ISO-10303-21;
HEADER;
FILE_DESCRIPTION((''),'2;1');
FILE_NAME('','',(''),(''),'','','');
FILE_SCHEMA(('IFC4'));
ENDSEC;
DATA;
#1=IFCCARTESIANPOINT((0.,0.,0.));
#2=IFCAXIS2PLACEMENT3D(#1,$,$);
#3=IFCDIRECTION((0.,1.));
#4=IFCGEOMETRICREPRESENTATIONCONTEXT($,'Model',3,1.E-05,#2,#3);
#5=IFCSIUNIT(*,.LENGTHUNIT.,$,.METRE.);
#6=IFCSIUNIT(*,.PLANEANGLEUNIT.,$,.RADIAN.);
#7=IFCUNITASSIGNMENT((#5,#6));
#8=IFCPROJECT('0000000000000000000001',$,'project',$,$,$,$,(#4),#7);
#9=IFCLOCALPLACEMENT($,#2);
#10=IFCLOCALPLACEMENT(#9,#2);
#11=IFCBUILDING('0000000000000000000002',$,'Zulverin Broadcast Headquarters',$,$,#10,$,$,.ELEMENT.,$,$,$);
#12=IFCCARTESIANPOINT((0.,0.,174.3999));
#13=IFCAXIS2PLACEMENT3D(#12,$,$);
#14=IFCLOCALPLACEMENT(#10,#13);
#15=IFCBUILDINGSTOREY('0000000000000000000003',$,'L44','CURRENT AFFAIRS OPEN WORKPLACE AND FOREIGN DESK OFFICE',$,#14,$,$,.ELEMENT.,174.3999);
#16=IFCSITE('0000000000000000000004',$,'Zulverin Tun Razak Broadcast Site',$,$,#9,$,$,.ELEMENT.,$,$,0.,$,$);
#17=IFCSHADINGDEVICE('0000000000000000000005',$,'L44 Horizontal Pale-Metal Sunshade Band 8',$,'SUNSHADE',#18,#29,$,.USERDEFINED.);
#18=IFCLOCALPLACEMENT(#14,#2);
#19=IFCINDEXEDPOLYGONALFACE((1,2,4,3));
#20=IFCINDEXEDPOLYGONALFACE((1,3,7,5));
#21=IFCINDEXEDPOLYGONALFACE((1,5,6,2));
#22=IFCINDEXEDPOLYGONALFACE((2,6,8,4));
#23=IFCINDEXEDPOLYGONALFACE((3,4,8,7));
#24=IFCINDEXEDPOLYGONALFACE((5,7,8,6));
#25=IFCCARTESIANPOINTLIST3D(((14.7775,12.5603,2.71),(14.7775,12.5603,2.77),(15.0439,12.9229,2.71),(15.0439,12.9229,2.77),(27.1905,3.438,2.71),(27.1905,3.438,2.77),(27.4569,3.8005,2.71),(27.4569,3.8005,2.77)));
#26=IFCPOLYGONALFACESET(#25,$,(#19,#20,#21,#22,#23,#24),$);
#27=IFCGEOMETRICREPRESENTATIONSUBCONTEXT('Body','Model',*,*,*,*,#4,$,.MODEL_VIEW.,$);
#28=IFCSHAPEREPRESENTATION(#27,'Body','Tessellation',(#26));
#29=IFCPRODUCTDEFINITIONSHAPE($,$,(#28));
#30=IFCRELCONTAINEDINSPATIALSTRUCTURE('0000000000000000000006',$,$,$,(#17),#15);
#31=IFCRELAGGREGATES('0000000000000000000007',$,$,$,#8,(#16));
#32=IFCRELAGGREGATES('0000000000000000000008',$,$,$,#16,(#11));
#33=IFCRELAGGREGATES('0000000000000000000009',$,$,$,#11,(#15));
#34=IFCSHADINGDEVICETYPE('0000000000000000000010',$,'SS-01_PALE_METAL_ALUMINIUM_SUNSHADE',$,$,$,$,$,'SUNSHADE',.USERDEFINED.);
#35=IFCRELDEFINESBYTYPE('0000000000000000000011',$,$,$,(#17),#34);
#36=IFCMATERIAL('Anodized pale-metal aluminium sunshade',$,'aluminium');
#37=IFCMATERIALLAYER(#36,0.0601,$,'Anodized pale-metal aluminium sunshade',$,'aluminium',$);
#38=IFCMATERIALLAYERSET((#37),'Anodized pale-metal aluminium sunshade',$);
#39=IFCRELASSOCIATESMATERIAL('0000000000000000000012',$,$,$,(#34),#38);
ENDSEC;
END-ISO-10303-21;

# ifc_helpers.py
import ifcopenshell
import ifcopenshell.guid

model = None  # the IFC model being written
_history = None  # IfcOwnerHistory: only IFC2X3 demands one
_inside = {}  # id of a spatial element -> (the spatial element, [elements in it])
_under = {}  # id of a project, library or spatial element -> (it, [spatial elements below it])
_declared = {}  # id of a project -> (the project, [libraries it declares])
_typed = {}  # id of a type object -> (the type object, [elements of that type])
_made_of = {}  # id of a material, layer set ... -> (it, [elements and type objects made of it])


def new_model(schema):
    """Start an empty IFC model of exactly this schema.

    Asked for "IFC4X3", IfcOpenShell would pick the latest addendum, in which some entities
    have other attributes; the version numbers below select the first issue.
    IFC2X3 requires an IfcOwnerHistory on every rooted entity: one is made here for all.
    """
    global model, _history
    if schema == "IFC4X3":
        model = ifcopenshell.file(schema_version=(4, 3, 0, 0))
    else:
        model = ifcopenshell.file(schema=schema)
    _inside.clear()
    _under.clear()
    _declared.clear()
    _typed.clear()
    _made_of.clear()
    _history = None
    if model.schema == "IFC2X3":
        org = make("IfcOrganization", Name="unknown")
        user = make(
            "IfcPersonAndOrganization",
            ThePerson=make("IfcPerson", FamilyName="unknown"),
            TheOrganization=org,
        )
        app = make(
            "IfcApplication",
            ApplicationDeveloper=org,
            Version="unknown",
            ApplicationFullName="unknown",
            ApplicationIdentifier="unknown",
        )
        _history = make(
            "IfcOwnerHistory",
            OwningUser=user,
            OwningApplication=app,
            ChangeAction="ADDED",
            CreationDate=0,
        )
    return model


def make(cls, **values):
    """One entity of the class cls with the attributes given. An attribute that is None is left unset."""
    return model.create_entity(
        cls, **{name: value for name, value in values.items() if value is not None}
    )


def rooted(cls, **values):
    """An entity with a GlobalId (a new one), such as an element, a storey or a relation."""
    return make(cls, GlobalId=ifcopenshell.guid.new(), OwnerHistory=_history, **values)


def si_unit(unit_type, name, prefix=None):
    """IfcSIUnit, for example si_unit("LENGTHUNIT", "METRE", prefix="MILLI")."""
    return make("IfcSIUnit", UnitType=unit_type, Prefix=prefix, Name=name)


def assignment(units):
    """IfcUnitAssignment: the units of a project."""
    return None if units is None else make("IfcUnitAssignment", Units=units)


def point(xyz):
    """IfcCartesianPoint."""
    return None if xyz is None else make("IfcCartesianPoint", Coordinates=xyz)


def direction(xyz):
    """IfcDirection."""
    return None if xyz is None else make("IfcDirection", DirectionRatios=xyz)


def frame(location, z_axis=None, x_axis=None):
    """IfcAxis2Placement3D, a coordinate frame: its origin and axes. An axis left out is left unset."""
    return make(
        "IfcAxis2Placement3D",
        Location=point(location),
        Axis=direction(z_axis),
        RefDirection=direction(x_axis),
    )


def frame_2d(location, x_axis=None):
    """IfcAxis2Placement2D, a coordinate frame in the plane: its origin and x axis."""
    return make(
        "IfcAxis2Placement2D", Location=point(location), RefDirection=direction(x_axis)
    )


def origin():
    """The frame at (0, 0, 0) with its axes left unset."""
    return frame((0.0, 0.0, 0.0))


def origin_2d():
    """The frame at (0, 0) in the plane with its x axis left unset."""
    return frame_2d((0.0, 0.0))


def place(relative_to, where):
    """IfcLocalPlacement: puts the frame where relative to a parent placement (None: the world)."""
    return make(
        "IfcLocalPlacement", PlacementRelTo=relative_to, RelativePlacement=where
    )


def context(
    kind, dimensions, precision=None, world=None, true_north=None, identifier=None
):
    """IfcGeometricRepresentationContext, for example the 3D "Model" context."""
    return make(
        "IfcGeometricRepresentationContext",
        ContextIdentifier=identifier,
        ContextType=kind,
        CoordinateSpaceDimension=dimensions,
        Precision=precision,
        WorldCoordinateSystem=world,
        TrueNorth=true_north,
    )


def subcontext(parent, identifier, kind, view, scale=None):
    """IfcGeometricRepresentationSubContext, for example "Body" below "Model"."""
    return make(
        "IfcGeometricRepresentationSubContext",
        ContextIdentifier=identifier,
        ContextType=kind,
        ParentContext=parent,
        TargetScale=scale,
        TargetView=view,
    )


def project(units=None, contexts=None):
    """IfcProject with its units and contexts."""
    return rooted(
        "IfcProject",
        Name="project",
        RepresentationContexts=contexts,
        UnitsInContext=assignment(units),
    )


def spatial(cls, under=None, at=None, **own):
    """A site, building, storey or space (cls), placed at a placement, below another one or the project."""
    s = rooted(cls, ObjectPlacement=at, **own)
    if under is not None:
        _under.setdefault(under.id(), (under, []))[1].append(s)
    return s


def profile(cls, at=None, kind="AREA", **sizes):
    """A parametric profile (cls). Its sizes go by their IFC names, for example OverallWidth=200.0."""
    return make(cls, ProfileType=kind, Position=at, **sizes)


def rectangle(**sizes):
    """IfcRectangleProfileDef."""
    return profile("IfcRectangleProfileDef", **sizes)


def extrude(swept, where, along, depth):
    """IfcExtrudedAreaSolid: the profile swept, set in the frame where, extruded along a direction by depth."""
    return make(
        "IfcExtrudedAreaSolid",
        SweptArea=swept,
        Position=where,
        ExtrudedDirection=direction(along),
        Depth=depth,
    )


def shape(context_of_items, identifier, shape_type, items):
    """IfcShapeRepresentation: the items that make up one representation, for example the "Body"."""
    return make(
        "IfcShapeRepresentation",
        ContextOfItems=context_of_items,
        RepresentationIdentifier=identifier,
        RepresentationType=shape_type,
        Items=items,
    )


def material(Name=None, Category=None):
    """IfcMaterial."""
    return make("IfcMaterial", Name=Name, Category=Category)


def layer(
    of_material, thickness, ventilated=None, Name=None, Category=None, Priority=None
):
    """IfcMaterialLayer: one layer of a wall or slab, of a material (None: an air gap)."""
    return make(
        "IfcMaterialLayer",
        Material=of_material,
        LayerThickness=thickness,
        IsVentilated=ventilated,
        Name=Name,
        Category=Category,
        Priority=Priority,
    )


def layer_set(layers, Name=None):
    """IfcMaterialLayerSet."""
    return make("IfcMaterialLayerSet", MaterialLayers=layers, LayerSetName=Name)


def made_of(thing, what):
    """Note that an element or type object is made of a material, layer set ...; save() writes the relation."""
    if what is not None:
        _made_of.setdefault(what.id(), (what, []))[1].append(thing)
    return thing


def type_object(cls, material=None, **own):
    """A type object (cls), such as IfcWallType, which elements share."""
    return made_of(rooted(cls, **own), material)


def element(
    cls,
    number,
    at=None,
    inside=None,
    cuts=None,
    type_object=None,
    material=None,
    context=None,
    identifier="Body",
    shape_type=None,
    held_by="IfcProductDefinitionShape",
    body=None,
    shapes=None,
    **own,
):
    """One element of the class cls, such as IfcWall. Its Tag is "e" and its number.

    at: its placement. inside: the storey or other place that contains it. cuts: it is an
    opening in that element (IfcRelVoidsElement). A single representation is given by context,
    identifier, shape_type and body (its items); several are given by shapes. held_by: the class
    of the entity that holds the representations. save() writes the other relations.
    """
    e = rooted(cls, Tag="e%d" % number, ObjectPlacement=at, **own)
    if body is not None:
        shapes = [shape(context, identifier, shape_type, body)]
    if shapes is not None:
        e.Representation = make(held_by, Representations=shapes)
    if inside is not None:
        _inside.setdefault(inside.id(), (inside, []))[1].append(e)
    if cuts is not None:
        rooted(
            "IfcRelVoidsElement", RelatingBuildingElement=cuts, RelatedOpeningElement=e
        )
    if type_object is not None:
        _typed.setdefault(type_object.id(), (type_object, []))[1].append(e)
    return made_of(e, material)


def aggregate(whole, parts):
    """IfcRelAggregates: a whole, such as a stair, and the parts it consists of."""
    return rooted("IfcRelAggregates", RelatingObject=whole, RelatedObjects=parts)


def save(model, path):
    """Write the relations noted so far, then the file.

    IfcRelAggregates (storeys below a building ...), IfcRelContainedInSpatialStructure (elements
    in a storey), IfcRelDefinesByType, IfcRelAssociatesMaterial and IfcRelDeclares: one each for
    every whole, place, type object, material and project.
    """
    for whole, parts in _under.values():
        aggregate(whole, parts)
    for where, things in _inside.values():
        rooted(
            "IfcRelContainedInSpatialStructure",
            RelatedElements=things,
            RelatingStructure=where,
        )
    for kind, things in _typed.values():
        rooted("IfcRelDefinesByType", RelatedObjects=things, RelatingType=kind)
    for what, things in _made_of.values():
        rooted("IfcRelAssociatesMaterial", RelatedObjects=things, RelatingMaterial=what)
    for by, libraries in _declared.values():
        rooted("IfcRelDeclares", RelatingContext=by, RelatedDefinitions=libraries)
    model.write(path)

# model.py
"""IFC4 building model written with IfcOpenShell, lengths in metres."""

from ifc_helpers import new_model, si_unit, direction, frame, origin, origin_2d, place, context, subcontext, project, spatial, rectangle, extrude, material, layer, layer_set, type_object, element, save


model = new_model("IFC4")

# Units and contexts
model_context = context("Model", 3, precision=1e-05, world=origin(), true_north=direction((0.0, 1.0)))
body_context = subcontext(model_context, "Body", "Model", "MODEL_VIEW")
ifc_project = project(units=[si_unit("LENGTHUNIT", "METRE"), si_unit("PLANEANGLEUNIT", "RADIAN")], contexts=[model_context])

# Site, building, storey
site_placement = place(None, origin())
site = spatial("IfcSite", under=ifc_project, at=site_placement, Name="Zulverin Tun Razak Broadcast Site", CompositionType="ELEMENT", RefElevation=0.0)
building_placement = place(site_placement, origin())
building = spatial("IfcBuilding", under=site, at=building_placement, Name="Zulverin Broadcast Headquarters", CompositionType="ELEMENT")
storey_placement = place(building_placement, frame((0.0, 0.0, 174.3999)))
storey = spatial("IfcBuildingStorey", under=building, at=storey_placement, Name="L44", Description="CURRENT AFFAIRS OPEN WORKPLACE AND FOREIGN DESK OFFICE", CompositionType="ELEMENT", Elevation=174.3999)

# Shading device
ifc_material_1 = material(Name="Anodized pale-metal aluminium sunshade", Category="aluminium")
ifc_layer_1 = layer(ifc_material_1, 0.0601, Name="Anodized pale-metal aluminium sunshade", Category="aluminium")
ifc_layer_set_1 = layer_set([ifc_layer_1], Name="Anodized pale-metal aluminium sunshade")
shading_device_type_1 = type_object("IfcShadingDeviceType", Name="SS-01_PALE_METAL_ALUMINIUM_SUNSHADE", ElementType="SUNSHADE", PredefinedType="USERDEFINED", material=ifc_layer_set_1)
shading_device_1_placement = place(storey_placement, frame((21.1172, 8.1804, 2.71), z_axis=(0.0, 0.0, 1.0), x_axis=(0.805802, -0.592185, 0.0)))
element("IfcShadingDevice", 1, at=shading_device_1_placement, inside=storey, type_object=shading_device_type_1, Name="L44 Horizontal Pale-Metal Sunshade Band 8", ObjectType="SUNSHADE", PredefinedType="USERDEFINED", context=body_context, shape_type="SweptSolid", body=[
    extrude(rectangle(XDim=15.4045, YDim=0.45, at=origin_2d()), origin(), (0.0, 0.0, 1.0), 0.0601),
])

save(model, "model.ifc")
